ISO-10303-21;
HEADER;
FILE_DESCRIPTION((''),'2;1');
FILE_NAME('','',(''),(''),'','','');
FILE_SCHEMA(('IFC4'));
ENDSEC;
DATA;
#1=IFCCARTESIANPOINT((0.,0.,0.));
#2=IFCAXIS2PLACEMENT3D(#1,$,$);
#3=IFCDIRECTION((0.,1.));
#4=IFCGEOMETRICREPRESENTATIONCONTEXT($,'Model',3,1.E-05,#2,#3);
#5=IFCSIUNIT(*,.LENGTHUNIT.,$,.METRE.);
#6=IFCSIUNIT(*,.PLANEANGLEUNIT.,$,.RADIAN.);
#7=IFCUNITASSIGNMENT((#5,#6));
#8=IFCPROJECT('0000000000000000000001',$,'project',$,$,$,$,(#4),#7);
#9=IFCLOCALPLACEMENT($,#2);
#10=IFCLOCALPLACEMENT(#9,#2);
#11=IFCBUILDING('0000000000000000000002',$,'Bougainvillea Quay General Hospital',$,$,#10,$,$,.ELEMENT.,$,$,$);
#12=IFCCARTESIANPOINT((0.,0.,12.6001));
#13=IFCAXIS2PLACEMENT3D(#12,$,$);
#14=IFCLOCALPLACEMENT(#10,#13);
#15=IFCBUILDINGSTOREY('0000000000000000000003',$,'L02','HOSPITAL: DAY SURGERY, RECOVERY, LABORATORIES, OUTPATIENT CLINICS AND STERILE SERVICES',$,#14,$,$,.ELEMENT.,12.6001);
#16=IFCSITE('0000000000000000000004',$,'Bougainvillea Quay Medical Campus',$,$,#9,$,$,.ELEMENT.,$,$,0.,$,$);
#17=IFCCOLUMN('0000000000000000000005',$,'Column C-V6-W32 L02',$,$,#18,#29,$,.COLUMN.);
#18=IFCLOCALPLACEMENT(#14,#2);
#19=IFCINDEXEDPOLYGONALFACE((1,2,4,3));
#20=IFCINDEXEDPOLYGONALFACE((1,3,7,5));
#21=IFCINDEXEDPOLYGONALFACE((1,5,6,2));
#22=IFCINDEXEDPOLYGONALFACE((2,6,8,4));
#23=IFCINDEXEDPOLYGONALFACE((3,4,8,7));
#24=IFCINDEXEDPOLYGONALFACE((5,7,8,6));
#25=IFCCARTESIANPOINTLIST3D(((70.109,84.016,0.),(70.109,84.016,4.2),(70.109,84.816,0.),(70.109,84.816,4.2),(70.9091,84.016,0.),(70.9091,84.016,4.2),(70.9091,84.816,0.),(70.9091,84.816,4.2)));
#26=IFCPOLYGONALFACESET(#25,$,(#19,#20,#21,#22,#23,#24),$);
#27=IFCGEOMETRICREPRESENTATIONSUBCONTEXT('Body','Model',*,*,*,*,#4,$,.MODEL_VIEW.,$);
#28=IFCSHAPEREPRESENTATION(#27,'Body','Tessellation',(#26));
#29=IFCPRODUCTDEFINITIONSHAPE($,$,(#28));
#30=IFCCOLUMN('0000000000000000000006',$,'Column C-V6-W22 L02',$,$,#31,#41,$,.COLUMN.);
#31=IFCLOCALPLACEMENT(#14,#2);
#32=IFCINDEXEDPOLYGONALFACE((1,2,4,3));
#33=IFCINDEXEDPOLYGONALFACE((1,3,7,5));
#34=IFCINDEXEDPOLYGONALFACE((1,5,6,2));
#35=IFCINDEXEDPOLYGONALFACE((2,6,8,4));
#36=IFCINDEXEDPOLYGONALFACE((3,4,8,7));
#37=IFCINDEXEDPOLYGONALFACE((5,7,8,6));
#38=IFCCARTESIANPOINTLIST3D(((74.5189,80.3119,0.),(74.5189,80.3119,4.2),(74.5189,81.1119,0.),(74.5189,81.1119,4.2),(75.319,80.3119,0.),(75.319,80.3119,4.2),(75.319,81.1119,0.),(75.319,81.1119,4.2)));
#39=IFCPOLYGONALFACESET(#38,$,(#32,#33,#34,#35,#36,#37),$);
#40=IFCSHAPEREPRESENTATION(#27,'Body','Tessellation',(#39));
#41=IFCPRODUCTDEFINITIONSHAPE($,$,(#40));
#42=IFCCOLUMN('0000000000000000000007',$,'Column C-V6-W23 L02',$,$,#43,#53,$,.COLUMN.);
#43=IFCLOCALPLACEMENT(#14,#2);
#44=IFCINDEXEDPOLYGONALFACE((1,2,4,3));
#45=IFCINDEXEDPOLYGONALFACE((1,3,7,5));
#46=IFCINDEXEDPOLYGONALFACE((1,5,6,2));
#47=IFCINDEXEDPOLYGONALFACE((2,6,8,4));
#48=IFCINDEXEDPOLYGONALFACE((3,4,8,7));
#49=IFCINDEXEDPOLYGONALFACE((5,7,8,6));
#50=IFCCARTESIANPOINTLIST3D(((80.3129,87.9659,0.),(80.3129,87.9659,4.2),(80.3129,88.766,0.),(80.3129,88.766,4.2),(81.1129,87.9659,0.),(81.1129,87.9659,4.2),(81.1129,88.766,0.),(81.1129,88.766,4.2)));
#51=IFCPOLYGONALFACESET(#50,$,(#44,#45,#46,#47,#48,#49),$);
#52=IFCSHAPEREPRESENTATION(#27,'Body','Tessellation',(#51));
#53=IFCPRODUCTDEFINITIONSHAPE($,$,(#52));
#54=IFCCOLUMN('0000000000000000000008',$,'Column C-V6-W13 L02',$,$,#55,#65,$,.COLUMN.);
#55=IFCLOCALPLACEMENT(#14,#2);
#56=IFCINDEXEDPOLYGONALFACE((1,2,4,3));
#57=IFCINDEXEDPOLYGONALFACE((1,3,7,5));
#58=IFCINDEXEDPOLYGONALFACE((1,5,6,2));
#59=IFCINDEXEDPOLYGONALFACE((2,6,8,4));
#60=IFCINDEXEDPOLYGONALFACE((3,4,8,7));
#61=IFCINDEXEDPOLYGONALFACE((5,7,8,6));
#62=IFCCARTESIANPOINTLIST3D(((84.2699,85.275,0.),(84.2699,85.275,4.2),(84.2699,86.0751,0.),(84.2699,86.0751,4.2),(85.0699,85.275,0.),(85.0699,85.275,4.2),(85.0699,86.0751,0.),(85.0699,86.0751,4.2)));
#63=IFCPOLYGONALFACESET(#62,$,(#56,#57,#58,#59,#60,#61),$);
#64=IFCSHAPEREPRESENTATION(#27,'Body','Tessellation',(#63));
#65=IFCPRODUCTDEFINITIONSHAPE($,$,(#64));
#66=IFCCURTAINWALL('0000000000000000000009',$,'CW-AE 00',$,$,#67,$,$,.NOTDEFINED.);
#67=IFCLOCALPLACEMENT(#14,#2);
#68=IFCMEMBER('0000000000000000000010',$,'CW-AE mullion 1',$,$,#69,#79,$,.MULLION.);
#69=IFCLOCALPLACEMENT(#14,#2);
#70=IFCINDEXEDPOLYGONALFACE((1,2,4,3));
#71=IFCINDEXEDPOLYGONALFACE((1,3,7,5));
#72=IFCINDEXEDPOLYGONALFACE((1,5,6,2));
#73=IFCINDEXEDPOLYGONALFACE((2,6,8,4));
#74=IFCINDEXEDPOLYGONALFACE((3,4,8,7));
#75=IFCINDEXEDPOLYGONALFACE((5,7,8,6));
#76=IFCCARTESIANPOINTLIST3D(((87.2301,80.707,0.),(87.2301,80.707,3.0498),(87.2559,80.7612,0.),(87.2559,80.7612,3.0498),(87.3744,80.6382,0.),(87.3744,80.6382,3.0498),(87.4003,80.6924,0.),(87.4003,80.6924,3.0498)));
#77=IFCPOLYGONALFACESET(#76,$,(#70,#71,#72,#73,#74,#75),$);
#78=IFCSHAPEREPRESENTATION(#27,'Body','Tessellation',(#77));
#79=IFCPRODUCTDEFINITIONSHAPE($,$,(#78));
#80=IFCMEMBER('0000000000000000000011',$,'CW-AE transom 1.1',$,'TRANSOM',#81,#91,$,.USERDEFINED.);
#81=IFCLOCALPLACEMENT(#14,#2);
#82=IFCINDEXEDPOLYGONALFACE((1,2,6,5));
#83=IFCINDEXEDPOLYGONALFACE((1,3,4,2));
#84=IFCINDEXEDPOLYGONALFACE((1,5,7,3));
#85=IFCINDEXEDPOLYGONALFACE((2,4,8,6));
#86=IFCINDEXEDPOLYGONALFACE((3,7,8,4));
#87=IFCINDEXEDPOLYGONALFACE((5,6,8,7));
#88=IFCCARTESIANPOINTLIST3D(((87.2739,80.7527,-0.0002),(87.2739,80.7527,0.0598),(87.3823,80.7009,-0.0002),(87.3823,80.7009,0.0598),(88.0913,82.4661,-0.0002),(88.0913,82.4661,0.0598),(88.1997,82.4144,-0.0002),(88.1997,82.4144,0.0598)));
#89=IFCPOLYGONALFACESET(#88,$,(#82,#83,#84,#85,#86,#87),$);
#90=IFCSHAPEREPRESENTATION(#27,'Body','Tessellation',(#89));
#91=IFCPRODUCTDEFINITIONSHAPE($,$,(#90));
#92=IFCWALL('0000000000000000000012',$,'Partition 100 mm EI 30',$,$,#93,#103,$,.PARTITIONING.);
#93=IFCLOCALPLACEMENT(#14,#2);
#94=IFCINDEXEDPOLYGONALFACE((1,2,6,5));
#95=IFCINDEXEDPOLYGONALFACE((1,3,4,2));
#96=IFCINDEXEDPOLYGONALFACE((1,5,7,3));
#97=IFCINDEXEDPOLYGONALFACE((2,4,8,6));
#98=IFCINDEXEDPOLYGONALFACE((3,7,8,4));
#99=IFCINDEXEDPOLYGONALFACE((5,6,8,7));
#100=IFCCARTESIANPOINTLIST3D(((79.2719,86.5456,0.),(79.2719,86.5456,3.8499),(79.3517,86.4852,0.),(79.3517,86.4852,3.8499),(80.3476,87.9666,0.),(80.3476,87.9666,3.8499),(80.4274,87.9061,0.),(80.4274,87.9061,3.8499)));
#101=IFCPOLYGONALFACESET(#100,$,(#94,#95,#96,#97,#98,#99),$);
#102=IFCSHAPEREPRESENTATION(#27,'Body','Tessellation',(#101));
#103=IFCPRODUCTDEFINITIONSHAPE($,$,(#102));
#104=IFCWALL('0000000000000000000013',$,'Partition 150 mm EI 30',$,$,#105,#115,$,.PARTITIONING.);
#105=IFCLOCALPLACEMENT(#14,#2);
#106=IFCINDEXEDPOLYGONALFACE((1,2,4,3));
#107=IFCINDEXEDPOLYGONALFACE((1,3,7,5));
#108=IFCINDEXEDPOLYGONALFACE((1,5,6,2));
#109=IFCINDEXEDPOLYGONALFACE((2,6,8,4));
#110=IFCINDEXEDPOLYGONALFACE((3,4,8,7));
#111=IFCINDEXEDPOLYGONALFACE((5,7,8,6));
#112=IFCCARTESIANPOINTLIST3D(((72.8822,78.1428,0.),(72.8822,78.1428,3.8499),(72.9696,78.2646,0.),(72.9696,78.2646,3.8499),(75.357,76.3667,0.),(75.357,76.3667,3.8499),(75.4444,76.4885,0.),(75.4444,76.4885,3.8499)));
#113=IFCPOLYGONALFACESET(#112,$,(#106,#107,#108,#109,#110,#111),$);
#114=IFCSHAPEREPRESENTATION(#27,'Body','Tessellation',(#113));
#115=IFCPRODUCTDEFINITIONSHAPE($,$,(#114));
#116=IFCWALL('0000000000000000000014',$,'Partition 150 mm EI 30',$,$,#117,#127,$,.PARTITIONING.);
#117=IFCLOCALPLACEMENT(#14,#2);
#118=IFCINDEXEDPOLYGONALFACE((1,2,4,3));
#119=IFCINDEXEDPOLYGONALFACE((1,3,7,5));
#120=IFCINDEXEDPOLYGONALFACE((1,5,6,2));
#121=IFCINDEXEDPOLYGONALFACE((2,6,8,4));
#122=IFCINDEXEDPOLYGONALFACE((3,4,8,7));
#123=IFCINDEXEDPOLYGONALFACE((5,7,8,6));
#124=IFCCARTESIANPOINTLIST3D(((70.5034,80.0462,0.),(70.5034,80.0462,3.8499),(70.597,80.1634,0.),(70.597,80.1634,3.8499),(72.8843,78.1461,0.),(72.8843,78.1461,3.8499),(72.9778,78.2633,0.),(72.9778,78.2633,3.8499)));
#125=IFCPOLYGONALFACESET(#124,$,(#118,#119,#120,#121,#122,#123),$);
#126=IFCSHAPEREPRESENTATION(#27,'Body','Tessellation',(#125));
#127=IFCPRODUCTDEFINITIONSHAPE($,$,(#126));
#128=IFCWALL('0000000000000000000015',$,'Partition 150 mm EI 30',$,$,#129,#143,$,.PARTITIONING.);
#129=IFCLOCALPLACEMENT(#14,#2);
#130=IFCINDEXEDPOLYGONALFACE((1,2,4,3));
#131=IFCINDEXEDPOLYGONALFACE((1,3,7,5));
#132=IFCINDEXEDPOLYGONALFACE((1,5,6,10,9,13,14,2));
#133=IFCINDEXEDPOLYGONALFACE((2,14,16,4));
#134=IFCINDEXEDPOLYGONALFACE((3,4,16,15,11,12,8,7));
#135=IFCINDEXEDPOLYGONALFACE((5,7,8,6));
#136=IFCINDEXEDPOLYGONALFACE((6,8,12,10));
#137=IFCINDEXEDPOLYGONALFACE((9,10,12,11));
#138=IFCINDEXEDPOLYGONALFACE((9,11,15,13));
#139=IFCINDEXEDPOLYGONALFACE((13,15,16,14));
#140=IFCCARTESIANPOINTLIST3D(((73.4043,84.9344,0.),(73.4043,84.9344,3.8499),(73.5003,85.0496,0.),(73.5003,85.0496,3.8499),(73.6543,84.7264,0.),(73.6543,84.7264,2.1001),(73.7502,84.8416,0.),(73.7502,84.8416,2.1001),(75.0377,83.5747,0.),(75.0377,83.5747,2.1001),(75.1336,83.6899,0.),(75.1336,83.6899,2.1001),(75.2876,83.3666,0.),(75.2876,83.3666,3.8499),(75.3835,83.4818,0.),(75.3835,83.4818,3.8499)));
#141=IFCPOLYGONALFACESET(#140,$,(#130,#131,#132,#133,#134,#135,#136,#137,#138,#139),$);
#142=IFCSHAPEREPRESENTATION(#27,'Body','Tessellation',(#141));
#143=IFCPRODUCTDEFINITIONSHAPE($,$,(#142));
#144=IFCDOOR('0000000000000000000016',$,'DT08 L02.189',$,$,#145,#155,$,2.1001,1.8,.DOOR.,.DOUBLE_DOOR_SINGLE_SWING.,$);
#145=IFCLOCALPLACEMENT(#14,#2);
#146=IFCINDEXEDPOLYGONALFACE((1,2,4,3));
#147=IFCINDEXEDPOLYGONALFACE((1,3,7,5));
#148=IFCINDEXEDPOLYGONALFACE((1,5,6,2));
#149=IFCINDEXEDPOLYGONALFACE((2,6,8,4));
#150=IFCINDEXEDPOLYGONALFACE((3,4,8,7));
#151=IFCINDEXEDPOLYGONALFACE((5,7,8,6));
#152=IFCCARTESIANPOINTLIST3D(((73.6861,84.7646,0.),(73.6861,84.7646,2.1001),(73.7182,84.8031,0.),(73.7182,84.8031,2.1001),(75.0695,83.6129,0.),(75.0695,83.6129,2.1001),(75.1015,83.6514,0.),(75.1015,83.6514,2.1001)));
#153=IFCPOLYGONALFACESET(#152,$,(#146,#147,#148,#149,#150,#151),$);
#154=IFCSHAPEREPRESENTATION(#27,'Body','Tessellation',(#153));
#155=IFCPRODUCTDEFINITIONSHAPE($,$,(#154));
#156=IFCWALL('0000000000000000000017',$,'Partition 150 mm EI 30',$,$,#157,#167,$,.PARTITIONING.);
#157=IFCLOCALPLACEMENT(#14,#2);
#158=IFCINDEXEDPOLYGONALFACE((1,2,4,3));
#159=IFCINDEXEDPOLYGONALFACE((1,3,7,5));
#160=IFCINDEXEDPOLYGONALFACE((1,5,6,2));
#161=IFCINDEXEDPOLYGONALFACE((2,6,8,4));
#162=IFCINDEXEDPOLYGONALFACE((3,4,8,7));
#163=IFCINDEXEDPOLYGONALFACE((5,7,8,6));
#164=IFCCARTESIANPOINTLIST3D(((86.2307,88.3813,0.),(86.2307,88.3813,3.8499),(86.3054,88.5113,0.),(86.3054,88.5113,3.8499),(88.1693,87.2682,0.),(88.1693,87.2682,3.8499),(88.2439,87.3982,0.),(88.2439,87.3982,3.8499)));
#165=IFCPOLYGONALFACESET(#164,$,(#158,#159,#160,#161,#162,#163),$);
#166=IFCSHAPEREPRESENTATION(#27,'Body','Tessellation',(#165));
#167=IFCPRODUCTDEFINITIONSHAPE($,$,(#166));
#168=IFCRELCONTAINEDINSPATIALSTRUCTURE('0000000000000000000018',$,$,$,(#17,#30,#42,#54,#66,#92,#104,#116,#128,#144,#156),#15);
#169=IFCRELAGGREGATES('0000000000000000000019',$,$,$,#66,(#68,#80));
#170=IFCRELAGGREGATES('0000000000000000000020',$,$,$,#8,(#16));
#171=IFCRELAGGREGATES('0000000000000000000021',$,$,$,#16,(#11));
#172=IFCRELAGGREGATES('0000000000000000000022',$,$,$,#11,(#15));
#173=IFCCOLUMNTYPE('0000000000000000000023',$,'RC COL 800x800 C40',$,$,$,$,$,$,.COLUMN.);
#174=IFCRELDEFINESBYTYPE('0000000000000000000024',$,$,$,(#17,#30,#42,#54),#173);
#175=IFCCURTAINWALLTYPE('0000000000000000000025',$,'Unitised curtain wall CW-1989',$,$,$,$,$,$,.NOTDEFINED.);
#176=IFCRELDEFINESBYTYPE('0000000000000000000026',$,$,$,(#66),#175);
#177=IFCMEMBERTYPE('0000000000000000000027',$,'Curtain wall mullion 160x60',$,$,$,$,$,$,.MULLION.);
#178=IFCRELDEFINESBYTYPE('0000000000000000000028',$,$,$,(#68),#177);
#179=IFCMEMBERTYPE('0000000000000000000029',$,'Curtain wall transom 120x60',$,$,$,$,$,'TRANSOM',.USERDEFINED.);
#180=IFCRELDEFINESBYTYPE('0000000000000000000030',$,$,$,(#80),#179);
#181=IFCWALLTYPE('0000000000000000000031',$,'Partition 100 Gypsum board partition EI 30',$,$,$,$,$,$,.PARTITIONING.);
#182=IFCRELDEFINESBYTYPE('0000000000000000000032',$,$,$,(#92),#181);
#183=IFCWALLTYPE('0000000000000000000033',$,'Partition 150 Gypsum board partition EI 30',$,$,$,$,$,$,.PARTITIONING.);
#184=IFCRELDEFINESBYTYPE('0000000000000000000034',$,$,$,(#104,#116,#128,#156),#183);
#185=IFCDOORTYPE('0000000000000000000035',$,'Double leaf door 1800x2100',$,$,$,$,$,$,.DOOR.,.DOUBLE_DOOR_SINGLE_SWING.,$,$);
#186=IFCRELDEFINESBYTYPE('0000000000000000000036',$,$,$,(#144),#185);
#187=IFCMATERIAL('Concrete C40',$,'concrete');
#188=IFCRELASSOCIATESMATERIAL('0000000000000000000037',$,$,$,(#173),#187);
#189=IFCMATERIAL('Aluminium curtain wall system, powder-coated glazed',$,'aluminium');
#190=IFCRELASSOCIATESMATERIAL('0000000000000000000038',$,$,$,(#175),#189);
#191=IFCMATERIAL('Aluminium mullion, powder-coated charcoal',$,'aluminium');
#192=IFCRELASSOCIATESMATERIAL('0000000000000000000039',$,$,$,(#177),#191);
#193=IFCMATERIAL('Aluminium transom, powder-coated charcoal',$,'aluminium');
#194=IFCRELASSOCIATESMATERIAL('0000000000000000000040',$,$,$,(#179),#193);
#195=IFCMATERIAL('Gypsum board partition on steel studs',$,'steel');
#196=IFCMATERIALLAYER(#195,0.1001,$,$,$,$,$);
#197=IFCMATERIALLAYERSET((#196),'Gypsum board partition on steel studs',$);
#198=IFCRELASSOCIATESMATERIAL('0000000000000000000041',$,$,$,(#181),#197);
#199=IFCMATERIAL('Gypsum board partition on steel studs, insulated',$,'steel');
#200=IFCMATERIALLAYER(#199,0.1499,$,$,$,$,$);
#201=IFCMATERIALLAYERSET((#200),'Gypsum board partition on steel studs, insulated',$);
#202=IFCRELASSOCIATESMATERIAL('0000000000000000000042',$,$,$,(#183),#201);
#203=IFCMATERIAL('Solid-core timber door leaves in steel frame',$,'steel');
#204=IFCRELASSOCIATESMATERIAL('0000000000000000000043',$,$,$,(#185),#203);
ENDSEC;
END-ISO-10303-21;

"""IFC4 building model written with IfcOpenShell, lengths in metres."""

from ifc_helpers import new_model, si_unit, direction, frame, frame_2d, origin, origin_2d, place, context, subcontext, project, spatial, rectangle, extrude, material, layer, layer_set, material_profile, profile_set, type_object, element, fill, aggregate, save


model = new_model("IFC4")

# Units and contexts
model_context = context("Model", 3, precision=1e-05, world=origin(), true_north=direction((0.0, 1.0)))
body_context = subcontext(model_context, "Body", "Model", "MODEL_VIEW")
ifc_project = project(units=[si_unit("LENGTHUNIT", "METRE"), si_unit("PLANEANGLEUNIT", "RADIAN")], contexts=[model_context])

# Site, building, storey
site_placement = place(None, origin())
site = spatial("IfcSite", under=ifc_project, at=site_placement, Name="Bougainvillea Quay Medical Campus", CompositionType="ELEMENT", RefElevation=0.0)
building_placement = place(site_placement, origin())
building = spatial("IfcBuilding", under=site, at=building_placement, Name="Bougainvillea Quay General Hospital", CompositionType="ELEMENT")
storey_placement = place(building_placement, frame((0.0, 0.0, 12.6001)))
storey = spatial("IfcBuildingStorey", under=building, at=storey_placement, Name="L02", Description="HOSPITAL: DAY SURGERY, RECOVERY, LABORATORIES, OUTPATIENT CLINICS AND STERILE SERVICES", CompositionType="ELEMENT", Elevation=12.6001)

# Columns
ifc_material_1 = material(Name="Concrete C40", Category="concrete")
ifc_material_profile_1 = material_profile(ifc_material_1, rectangle(XDim=0.8, YDim=0.8, at=origin_2d()))
ifc_profile_set_1 = profile_set([ifc_material_profile_1], Name="Concrete C40")
column_type = type_object("IfcColumnType", Name="RC COL 800x800 C40", PredefinedType="COLUMN", material=ifc_profile_set_1)
for number, where, z_axis, x_axis, name in (
    (1, (70.509, 84.416, 0.0), (0.0, 0.0, 1.0), (1.0, 0.0, 0.0), "Column C-V6-W32 L02"),
    (2, (74.9189, 80.7119, 0.0), (0.0, 0.0, 1.0), (1.0, 0.0, 0.0), "Column C-V6-W22 L02"),
    (3, (80.7129, 88.366, 0.0), (0.0, 0.0, 1.0), (1.0, 0.0, 0.0), "Column C-V6-W23 L02"),
    (4, (84.6699, 85.675, 0.0), (0.0, 0.0, 1.0), (1.0, 0.0, 0.0), "Column C-V6-W13 L02"),
):
    element("IfcColumn", number, at=place(storey_placement, frame(where, z_axis=z_axis, x_axis=x_axis)), inside=storey, type_object=column_type, Name=name, PredefinedType="COLUMN", context=body_context, shape_type="SweptSolid", body=[
        extrude(rectangle(XDim=0.8, YDim=0.8, at=origin_2d()), origin(), (0.0, 0.0, 1.0), 4.2),
    ])

# Curtain wall, members
ifc_material_2 = material(Name="Aluminium curtain wall system, powder-coated glazed", Category="aluminium")
curtain_wall_type = type_object("IfcCurtainWallType", Name="Unitised curtain wall CW-1989", PredefinedType="NOTDEFINED", material=ifc_material_2)
curtain_wall_placement = place(storey_placement, origin())
curtain_wall = element("IfcCurtainWall", 5, at=curtain_wall_placement, inside=storey, type_object=curtain_wall_type, Name="CW-AE 00", PredefinedType="NOTDEFINED")
ifc_material_3 = material(Name="Aluminium mullion, powder-coated charcoal", Category="aluminium")
ifc_material_profile_2 = material_profile(ifc_material_3, rectangle(XDim=0.1599, YDim=0.0601, at=origin_2d()))
ifc_profile_set_2 = profile_set([ifc_material_profile_2], Name="Aluminium mullion, powder-coated charcoal")
member_type_1 = type_object("IfcMemberType", Name="Curtain wall mullion 160x60", PredefinedType="MULLION", material=ifc_profile_set_2)
member_1_placement = place(storey_placement, frame((87.3152, 80.6997, 0.0), z_axis=(0.0, 0.0, 1.0), x_axis=(-0.902561, 0.430563, 0.0)))
member_1 = element("IfcMember", 6, at=member_1_placement, type_object=member_type_1, Name="CW-AE mullion 1", PredefinedType="MULLION", context=body_context, shape_type="SweptSolid", body=[
    extrude(rectangle(XDim=0.1599, YDim=0.0601, at=origin_2d()), origin(), (0.0, 0.0, 1.0), 3.0498),
])
ifc_material_4 = material(Name="Aluminium transom, powder-coated charcoal", Category="aluminium")
ifc_material_profile_3 = material_profile(ifc_material_4, rectangle(XDim=0.1201, YDim=0.0601, at=origin_2d()))
ifc_profile_set_3 = profile_set([ifc_material_profile_3], Name="Aluminium transom, powder-coated charcoal")
member_type_2 = type_object("IfcMemberType", Name="Curtain wall transom 120x60", ElementType="TRANSOM", PredefinedType="USERDEFINED", material=ifc_profile_set_3)
member_2_placement = place(storey_placement, frame((87.3281, 80.7268, 0.0298), z_axis=(0.430572, 0.902556, 0.0), x_axis=(-0.902556, 0.430572, 0.0)))
member_2 = element("IfcMember", 7, at=member_2_placement, type_object=member_type_2, Name="CW-AE transom 1.1", ObjectType="TRANSOM", PredefinedType="USERDEFINED", context=body_context, shape_type="SweptSolid", body=[
    extrude(rectangle(XDim=0.1201, YDim=0.0601, at=origin_2d()), origin(), (0.0, 0.0, 1.0), 1.8984),
])
aggregate(curtain_wall, [member_1, member_2])

# Walls
ifc_material_5 = material(Name="Gypsum board partition on steel studs", Category="steel")
ifc_layer_1 = layer(ifc_material_5, 0.1001)
ifc_layer_set_1 = layer_set([ifc_layer_1], Name="Gypsum board partition on steel studs")
wall_type_1 = type_object("IfcWallType", Name="Partition 100 Gypsum board partition EI 30", PredefinedType="PARTITIONING", material=ifc_layer_set_1)
wall_1_placement = place(storey_placement, frame((79.3118, 86.5154, 0.0), z_axis=(0.0, 0.0, 1.0), x_axis=(0.603589, 0.797296, 0.0)))
element("IfcWall", 8, at=wall_1_placement, inside=storey, type_object=wall_type_1, Name="Partition 100 mm EI 30", PredefinedType="PARTITIONING", context=body_context, shape_type="SweptSolid", body=[
    extrude(rectangle(XDim=1.7822, YDim=0.1001, at=frame_2d((0.8911, 0.0))), origin(), (0.0, 0.0, 1.0), 3.8499),
])
ifc_material_6 = material(Name="Gypsum board partition on steel studs, insulated", Category="steel")
ifc_layer_2 = layer(ifc_material_6, 0.1499)
ifc_layer_set_2 = layer_set([ifc_layer_2], Name="Gypsum board partition on steel studs, insulated")
wall_type_2 = type_object("IfcWallType", Name="Partition 150 Gypsum board partition EI 30", PredefinedType="PARTITIONING", material=ifc_layer_set_2)
for number, where, z_axis, x_axis, name in (
    (9, (72.926, 78.2036, 0.0), (0.0, 0.0, 1.0), (0.812432, -0.583056, 0.0), "Partition 150 mm EI 30"),
    (10, (70.5503, 80.1047, 0.0), (0.0, 0.0, 1.0), (0.781595, -0.623786, 0.0), "Partition 150 mm EI 30"),
):
    element("IfcWall", number, at=place(storey_placement, frame(where, z_axis=z_axis, x_axis=x_axis)), inside=storey, type_object=wall_type_2, Name=name, PredefinedType="PARTITIONING", context=body_context, shape_type="SweptSolid", body=[
        extrude(rectangle(XDim=3.0461, YDim=0.1499, at=frame_2d((1.5229, 0.0))), origin(), (0.0, 0.0, 1.0), 3.8499),
    ])

# Wall, opening, door
wall_2_placement = place(storey_placement, frame((73.4524, 84.9919, 0.0), z_axis=(0.0, 0.0, 1.0), x_axis=(0.768532, -0.639812, 0.0)))
wall_2 = element("IfcWall", 11, at=wall_2_placement, inside=storey, type_object=wall_type_2, Name="Partition 150 mm EI 30", PredefinedType="PARTITIONING", context=body_context, shape_type="SweptSolid", body=[
    extrude(rectangle(XDim=2.4504, YDim=0.1499, at=frame_2d((1.2251, 0.0))), origin(), (0.0, 0.0, 1.0), 3.8499),
])
opening_1_placement = place(wall_2_placement, frame((0.3252, 0.0, 0.0)))
opening_1 = element("IfcOpeningElement", 12, at=opening_1_placement, cuts=wall_2, PredefinedType="OPENING", context=body_context, shape_type="SweptSolid", body=[
    extrude(rectangle(XDim=1.8, YDim=2.1001, at=frame_2d((0.8999, 1.05))), frame((0.0, 0.085, 0.0), z_axis=(0.0, -1.0, 0.0), x_axis=(1.0, 0.0, 0.0)), (0.0, 0.0, 1.0), 0.1699),
])
ifc_material_7 = material(Name="Solid-core timber door leaves in steel frame", Category="steel")
door_type_1 = type_object("IfcDoorType", Name="Double leaf door 1800x2100", OperationType="DOUBLE_DOOR_SINGLE_SWING", PredefinedType="DOOR", material=ifc_material_7)
door_1_placement = place(opening_1_placement, origin())
door_1 = element("IfcDoor", 13, at=door_1_placement, inside=storey, type_object=door_type_1, Name="DT08 L02.189", OperationType="DOUBLE_DOOR_SINGLE_SWING", OverallHeight=2.1001, OverallWidth=1.8, PredefinedType="DOOR", context=body_context, shape_type="SweptSolid", body=[
    extrude(rectangle(XDim=1.8, YDim=2.1001, at=frame_2d((0.8999, 1.05))), frame((0.0, 0.0249, 0.0), z_axis=(0.0, -1.0, 0.0), x_axis=(1.0, 0.0, 0.0)), (0.0, 0.0, 1.0), 0.05),
])
fill(opening_1, door_1)

# Wall
wall_3_placement = place(storey_placement, frame((86.2681, 88.4463, 0.0), z_axis=(0.0, 0.0, 1.0), x_axis=(0.867213, -0.497937, 0.0)))
element("IfcWall", 14, at=wall_3_placement, inside=storey, type_object=wall_type_2, Name="Partition 150 mm EI 30", PredefinedType="PARTITIONING", context=body_context, shape_type="SweptSolid", body=[
    extrude(rectangle(XDim=2.2354, YDim=0.1499, at=frame_2d((1.1177, 0.0))), origin(), (0.0, 0.0, 1.0), 3.8499),
])

save(model, "model.ifc")
